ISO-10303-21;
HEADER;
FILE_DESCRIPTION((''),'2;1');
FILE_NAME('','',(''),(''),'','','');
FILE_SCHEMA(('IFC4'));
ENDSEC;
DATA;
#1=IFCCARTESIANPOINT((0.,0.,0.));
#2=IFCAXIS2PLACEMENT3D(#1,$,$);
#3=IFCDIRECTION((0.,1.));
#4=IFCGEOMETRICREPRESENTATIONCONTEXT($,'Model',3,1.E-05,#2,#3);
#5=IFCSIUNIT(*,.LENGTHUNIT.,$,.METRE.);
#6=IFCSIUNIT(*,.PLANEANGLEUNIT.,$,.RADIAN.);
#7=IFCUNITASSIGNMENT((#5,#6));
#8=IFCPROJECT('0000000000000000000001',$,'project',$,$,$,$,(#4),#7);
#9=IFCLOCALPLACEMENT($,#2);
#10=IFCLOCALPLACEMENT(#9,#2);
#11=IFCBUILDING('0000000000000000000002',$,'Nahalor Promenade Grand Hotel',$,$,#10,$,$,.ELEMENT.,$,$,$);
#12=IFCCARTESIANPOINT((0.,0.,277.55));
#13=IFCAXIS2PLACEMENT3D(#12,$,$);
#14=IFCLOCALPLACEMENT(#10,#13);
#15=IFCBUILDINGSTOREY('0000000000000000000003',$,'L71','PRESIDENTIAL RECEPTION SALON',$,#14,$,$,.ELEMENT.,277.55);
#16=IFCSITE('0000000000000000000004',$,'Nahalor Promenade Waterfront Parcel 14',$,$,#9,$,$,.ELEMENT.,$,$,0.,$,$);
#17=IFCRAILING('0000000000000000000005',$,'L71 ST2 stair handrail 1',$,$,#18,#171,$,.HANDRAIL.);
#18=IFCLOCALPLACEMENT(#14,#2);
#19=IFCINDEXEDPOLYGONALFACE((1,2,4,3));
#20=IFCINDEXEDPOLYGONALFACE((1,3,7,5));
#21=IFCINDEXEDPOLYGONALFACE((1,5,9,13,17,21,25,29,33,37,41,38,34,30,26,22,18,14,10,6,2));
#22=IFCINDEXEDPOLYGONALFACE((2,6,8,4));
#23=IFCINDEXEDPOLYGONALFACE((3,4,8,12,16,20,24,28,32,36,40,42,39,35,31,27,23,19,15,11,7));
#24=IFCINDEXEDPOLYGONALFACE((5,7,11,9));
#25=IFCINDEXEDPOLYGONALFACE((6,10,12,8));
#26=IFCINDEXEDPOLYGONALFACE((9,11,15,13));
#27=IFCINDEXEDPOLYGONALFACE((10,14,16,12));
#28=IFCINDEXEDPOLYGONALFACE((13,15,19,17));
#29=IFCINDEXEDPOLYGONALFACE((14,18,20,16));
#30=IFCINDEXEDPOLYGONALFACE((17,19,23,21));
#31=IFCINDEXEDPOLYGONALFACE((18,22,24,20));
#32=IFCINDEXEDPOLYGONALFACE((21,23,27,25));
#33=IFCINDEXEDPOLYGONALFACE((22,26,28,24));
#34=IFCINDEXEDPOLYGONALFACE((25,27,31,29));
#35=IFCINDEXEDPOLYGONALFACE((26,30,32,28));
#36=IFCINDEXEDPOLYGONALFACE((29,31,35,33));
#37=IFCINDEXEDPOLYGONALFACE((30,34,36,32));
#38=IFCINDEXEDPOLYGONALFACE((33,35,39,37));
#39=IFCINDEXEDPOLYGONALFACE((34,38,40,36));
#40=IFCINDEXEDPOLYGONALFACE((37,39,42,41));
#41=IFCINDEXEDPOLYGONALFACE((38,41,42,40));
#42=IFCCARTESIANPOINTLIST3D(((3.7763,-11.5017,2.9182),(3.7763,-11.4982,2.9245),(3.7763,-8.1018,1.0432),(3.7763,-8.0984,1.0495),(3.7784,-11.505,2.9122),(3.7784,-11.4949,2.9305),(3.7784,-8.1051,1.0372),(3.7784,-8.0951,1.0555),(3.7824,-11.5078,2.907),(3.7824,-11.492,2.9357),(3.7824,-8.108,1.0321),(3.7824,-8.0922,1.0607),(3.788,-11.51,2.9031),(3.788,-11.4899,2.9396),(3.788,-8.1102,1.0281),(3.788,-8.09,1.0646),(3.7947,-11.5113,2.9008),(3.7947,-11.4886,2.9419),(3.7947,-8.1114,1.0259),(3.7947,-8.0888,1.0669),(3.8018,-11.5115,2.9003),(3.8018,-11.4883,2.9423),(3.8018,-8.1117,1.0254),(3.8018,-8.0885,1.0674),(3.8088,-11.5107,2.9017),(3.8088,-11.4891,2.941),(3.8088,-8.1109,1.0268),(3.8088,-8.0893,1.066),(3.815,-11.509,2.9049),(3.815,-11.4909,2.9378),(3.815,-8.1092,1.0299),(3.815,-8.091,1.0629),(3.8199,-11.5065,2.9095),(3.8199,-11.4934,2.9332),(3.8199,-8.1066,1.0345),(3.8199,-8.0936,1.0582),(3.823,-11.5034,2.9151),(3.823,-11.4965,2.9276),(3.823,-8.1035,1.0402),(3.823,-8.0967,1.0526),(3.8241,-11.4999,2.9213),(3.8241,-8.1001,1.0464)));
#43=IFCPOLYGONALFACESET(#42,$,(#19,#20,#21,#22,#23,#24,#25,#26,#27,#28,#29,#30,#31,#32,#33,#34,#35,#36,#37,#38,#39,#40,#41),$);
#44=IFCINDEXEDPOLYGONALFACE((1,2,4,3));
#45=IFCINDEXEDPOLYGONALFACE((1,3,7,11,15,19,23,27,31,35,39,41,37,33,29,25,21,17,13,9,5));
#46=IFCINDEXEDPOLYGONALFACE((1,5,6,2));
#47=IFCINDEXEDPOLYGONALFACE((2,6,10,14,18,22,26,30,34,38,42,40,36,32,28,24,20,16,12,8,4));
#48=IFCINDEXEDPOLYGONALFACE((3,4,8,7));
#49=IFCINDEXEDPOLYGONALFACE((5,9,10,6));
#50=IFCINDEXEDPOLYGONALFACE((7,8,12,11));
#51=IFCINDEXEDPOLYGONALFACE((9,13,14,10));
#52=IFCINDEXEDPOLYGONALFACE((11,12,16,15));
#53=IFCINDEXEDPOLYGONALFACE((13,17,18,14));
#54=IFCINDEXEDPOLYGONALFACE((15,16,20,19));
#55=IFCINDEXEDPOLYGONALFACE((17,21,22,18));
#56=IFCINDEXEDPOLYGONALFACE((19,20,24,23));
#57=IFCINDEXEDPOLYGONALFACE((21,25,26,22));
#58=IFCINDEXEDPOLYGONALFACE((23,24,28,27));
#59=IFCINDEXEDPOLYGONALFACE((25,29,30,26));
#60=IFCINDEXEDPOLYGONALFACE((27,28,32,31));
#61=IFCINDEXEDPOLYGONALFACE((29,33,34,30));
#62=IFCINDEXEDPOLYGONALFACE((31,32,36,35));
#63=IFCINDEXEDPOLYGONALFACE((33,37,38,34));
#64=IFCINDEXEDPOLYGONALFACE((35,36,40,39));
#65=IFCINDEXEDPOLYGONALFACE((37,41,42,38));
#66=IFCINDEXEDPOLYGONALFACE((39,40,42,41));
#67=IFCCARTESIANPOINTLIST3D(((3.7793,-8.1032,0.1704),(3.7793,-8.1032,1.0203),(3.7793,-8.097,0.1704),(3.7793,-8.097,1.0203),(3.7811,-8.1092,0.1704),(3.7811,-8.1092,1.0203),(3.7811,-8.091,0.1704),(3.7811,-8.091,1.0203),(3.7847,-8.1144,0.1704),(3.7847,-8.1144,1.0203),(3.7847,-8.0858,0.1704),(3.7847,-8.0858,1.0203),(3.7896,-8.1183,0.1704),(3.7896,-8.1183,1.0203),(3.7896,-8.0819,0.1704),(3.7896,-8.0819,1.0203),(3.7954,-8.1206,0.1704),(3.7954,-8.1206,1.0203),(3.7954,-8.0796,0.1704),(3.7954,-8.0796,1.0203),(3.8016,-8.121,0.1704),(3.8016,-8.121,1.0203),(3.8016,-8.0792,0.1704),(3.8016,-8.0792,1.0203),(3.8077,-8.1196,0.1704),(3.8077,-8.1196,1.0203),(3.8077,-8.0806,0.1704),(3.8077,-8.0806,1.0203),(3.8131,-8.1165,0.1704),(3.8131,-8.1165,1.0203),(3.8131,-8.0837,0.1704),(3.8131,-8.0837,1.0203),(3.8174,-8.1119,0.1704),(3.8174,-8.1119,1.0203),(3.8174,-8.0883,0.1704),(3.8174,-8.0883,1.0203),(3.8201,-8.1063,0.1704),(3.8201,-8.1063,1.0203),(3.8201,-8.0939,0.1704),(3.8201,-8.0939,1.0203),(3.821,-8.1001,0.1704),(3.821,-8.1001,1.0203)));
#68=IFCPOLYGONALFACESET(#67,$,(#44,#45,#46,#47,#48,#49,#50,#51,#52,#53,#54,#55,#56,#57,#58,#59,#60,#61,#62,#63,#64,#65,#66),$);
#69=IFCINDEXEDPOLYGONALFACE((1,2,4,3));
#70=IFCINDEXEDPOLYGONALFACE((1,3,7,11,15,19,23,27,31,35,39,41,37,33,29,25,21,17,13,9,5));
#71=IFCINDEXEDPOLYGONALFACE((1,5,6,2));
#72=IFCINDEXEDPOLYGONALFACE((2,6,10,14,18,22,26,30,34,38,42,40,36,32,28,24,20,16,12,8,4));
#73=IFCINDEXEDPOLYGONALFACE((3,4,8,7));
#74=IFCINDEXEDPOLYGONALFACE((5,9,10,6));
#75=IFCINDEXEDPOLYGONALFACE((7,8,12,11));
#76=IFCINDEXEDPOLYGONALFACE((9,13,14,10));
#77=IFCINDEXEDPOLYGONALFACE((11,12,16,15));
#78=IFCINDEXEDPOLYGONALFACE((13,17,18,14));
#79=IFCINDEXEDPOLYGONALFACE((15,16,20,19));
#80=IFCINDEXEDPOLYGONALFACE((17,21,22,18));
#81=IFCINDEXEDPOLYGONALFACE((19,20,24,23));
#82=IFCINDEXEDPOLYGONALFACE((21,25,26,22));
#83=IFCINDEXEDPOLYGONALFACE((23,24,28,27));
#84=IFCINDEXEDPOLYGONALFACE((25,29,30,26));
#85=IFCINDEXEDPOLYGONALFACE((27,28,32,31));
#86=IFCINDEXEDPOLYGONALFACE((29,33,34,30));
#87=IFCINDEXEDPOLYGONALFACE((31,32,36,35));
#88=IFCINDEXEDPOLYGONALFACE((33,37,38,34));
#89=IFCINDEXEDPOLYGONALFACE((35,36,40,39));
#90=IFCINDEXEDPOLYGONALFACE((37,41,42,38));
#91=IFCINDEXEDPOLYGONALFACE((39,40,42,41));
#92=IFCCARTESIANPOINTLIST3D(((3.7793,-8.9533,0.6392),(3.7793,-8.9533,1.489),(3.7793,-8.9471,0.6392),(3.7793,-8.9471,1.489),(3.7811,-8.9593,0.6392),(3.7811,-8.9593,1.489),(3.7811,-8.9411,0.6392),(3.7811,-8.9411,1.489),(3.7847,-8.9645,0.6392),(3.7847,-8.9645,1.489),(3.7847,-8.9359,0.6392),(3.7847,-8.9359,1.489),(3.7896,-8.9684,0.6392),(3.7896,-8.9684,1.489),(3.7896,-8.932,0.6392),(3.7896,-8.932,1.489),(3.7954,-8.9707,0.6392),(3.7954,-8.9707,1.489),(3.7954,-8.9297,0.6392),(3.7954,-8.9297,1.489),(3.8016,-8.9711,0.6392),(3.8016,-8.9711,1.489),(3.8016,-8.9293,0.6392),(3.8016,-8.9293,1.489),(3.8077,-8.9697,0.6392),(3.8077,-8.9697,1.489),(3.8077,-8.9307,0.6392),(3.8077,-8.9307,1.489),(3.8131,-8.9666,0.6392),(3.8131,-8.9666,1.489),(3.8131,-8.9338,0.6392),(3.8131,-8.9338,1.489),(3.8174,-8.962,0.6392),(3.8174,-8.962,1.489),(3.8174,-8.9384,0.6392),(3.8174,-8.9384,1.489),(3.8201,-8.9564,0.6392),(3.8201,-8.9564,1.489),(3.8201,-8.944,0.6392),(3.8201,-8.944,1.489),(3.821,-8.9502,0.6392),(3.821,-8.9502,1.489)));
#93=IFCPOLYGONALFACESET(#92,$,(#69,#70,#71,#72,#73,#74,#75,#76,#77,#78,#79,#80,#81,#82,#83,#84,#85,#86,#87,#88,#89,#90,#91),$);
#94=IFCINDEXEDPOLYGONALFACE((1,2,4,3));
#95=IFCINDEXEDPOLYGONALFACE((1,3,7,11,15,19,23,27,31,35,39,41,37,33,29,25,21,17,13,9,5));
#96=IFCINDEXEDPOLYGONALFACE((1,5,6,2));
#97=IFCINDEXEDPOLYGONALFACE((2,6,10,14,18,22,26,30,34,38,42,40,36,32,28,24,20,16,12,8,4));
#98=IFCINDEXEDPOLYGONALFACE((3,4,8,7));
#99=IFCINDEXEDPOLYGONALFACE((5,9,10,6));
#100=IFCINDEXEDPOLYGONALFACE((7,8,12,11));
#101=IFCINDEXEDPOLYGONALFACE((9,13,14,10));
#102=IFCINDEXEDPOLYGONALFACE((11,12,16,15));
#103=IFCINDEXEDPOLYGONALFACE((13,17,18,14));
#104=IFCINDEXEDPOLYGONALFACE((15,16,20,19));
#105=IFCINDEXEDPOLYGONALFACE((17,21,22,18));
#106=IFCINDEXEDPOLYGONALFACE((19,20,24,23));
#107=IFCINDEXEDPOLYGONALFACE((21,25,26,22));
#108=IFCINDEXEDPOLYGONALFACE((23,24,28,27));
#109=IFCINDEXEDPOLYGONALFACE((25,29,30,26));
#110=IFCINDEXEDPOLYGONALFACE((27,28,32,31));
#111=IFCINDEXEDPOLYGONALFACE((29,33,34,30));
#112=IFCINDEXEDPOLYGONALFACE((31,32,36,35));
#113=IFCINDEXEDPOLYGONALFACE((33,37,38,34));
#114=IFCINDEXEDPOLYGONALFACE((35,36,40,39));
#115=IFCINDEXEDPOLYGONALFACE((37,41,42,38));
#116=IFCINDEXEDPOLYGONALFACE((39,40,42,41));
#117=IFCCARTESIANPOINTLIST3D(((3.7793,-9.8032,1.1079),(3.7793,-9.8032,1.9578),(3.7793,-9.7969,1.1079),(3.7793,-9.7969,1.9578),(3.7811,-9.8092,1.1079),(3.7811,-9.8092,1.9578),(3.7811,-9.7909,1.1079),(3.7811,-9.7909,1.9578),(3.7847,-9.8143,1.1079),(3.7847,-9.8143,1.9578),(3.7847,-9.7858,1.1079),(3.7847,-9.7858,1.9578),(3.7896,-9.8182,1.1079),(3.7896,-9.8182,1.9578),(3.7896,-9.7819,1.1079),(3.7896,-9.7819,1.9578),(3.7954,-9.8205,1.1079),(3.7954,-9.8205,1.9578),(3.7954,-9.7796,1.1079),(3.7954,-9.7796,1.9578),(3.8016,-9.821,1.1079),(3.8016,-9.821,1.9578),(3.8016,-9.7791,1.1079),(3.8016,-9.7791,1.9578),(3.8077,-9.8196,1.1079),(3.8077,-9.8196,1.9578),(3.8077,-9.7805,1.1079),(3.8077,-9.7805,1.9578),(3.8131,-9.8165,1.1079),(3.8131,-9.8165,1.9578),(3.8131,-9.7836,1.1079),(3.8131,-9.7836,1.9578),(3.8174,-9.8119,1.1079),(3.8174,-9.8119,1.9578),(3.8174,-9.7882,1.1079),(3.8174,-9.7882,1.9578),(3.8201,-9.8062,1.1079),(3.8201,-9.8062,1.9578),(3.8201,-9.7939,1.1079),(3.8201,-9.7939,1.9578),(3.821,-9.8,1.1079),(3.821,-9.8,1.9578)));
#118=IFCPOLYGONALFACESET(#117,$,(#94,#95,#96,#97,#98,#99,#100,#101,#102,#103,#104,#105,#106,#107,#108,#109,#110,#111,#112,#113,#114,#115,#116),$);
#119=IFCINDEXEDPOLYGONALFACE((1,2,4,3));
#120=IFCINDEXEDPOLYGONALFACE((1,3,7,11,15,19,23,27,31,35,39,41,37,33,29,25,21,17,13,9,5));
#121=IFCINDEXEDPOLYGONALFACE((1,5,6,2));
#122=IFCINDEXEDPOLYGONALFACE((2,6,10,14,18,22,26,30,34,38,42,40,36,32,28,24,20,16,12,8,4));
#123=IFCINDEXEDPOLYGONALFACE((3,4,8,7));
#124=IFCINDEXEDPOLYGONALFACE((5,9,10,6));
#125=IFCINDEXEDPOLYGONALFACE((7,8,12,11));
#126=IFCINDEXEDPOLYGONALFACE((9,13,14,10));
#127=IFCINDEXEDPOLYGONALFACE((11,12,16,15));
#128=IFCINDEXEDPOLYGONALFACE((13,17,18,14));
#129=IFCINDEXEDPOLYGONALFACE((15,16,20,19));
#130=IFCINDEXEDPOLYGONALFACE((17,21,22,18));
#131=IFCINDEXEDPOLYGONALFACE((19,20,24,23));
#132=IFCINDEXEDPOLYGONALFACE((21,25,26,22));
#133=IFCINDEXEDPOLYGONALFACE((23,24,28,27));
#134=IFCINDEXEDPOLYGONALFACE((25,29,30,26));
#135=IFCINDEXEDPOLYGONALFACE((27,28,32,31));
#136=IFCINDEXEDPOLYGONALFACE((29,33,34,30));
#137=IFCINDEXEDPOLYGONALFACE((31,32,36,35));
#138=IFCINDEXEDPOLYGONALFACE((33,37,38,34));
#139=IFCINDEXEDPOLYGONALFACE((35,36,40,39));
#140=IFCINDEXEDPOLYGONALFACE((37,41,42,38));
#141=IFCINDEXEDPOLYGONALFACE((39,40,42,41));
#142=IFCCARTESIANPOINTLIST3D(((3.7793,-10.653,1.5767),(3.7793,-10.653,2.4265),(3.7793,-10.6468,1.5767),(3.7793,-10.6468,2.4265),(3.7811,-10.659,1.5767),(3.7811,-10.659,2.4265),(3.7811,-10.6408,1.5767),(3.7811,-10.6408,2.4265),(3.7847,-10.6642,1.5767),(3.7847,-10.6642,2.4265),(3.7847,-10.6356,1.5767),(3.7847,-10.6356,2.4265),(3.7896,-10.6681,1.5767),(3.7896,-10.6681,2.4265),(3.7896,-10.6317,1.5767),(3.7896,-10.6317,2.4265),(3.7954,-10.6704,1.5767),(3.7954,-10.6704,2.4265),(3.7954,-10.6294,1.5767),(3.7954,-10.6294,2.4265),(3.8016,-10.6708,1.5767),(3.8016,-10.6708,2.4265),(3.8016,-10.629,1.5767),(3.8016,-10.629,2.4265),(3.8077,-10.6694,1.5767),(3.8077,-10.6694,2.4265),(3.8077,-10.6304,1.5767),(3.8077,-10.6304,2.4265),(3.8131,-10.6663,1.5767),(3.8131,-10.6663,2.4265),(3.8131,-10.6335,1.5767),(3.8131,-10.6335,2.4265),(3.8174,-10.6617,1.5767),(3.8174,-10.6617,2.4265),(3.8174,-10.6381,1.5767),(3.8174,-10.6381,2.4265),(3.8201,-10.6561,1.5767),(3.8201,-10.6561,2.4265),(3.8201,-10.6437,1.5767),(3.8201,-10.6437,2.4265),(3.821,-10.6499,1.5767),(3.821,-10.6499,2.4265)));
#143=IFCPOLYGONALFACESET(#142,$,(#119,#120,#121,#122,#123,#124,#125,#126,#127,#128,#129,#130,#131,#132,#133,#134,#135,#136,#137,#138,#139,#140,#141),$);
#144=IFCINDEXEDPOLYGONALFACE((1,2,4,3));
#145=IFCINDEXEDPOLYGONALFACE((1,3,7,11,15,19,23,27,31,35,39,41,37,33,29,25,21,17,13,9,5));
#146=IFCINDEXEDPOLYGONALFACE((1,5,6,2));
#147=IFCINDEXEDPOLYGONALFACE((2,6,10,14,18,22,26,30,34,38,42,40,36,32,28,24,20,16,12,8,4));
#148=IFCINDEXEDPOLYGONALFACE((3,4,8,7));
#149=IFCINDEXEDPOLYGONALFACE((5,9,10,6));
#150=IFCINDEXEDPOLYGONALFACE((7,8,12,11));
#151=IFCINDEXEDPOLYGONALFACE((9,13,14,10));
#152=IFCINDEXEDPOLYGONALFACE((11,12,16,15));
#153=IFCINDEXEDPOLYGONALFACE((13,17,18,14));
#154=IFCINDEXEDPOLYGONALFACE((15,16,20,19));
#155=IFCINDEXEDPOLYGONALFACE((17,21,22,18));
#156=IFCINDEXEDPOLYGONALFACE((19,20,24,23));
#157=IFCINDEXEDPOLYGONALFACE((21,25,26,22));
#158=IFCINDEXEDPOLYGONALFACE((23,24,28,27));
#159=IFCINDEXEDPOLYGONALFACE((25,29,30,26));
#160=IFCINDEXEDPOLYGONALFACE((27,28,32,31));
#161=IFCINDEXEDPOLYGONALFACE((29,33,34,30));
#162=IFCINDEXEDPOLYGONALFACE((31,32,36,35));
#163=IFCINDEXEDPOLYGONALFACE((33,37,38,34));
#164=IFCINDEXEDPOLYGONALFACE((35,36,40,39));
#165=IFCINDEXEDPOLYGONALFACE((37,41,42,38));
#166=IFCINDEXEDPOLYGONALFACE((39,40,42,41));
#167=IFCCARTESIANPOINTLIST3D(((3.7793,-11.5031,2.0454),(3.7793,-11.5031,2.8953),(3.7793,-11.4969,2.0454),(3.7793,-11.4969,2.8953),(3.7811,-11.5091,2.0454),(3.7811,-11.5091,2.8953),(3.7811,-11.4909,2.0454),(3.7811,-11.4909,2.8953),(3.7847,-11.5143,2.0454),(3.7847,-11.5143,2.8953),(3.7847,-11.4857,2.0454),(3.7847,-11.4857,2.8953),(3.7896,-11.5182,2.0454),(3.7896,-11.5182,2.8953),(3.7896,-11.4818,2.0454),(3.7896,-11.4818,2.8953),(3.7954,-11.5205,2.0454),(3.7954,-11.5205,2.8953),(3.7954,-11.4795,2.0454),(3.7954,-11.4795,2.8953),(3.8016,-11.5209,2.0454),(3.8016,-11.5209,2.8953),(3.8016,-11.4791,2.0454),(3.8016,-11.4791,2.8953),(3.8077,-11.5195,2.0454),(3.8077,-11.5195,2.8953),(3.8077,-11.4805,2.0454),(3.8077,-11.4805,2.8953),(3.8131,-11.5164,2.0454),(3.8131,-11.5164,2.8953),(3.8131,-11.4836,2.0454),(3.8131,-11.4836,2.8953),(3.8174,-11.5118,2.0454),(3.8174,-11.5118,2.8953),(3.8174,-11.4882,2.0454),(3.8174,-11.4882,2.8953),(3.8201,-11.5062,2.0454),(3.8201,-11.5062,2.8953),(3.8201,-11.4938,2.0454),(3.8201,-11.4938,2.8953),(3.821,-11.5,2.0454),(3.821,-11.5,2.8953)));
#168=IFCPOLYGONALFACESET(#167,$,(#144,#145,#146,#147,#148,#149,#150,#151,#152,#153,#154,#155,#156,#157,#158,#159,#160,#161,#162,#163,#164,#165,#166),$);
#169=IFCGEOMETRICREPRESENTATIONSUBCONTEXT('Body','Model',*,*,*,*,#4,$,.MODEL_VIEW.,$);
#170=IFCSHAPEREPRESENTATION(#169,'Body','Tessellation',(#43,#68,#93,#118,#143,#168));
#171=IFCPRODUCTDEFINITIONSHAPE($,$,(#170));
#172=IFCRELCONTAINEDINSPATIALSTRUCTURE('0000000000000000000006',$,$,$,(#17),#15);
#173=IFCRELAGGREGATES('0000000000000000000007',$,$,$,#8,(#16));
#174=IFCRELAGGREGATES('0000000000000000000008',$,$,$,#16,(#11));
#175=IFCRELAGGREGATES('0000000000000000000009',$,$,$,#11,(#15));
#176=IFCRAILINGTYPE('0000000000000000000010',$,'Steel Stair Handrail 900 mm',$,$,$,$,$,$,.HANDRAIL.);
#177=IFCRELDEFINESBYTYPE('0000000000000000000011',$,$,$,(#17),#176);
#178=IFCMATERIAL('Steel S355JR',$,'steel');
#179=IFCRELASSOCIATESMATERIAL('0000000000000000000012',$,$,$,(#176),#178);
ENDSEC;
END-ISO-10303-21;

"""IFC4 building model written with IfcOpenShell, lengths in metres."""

from ifc_helpers import new_model, si_unit, direction, frame, origin, origin_2d, place, context, subcontext, project, spatial, circle, extrude, material, type_object, element, save


model = new_model("IFC4")

# Units and contexts
model_context = context("Model", 3, precision=1e-05, world=origin(), true_north=direction((0.0, 1.0)))
body_context = subcontext(model_context, "Body", "Model", "MODEL_VIEW")
ifc_project = project(units=[si_unit("LENGTHUNIT", "METRE"), si_unit("PLANEANGLEUNIT", "RADIAN")], contexts=[model_context])

# Site, building, storey
site_placement = place(None, origin())
site = spatial("IfcSite", under=ifc_project, at=site_placement, Name="Nahalor Promenade Waterfront Parcel 14", CompositionType="ELEMENT", RefElevation=0.0)
building_placement = place(site_placement, origin())
building = spatial("IfcBuilding", under=site, at=building_placement, Name="Nahalor Promenade Grand Hotel", CompositionType="ELEMENT")
storey_placement = place(building_placement, frame((0.0, 0.0, 277.55)))
storey = spatial("IfcBuildingStorey", under=building, at=storey_placement, Name="L71", Description="PRESIDENTIAL RECEPTION SALON", CompositionType="ELEMENT", Elevation=277.55)

# Shared definitions
ifc_material_1 = material(Name="Steel S355JR", Category="steel")

# Railing
railing_type_1 = type_object("IfcRailingType", Name="Steel Stair Handrail 900 mm", PredefinedType="HANDRAIL", material=ifc_material_1)
railing_1_placement = place(storey_placement, frame((3.8, -8.1001, 0.1704)))
element("IfcRailing", 1, at=railing_1_placement, inside=storey, type_object=railing_type_1, Name="L71 ST2 stair handrail 1", PredefinedType="HANDRAIL", context=body_context, shape_type="SweptSolid", body=[
    extrude(circle(Radius=0.024, at=origin_2d()), frame((0.0, 0.0, 0.876), z_axis=(0.0, -0.875666, 0.482918), x_axis=(1.0, 0.0, 0.0)), (0.0, 0.0, 1.0), 3.8826),
    extrude(circle(Radius=0.021, at=origin_2d()), origin(), (0.0, 0.0, 1.0), 0.8499),
    extrude(circle(Radius=0.021, at=origin_2d()), frame((0.0, -0.8501, 0.4688)), (0.0, 0.0, 1.0), 0.8499),
    extrude(circle(Radius=0.021, at=origin_2d()), frame((0.0, -1.7, 0.9375)), (0.0, 0.0, 1.0), 0.8499),
    extrude(circle(Radius=0.021, at=origin_2d()), frame((0.0, -2.5498, 1.4062)), (0.0, 0.0, 1.0), 0.8499),
    extrude(circle(Radius=0.021, at=origin_2d()), frame((0.0, -3.3999, 1.875)), (0.0, 0.0, 1.0), 0.8499),
])

save(model, "model.ifc")
